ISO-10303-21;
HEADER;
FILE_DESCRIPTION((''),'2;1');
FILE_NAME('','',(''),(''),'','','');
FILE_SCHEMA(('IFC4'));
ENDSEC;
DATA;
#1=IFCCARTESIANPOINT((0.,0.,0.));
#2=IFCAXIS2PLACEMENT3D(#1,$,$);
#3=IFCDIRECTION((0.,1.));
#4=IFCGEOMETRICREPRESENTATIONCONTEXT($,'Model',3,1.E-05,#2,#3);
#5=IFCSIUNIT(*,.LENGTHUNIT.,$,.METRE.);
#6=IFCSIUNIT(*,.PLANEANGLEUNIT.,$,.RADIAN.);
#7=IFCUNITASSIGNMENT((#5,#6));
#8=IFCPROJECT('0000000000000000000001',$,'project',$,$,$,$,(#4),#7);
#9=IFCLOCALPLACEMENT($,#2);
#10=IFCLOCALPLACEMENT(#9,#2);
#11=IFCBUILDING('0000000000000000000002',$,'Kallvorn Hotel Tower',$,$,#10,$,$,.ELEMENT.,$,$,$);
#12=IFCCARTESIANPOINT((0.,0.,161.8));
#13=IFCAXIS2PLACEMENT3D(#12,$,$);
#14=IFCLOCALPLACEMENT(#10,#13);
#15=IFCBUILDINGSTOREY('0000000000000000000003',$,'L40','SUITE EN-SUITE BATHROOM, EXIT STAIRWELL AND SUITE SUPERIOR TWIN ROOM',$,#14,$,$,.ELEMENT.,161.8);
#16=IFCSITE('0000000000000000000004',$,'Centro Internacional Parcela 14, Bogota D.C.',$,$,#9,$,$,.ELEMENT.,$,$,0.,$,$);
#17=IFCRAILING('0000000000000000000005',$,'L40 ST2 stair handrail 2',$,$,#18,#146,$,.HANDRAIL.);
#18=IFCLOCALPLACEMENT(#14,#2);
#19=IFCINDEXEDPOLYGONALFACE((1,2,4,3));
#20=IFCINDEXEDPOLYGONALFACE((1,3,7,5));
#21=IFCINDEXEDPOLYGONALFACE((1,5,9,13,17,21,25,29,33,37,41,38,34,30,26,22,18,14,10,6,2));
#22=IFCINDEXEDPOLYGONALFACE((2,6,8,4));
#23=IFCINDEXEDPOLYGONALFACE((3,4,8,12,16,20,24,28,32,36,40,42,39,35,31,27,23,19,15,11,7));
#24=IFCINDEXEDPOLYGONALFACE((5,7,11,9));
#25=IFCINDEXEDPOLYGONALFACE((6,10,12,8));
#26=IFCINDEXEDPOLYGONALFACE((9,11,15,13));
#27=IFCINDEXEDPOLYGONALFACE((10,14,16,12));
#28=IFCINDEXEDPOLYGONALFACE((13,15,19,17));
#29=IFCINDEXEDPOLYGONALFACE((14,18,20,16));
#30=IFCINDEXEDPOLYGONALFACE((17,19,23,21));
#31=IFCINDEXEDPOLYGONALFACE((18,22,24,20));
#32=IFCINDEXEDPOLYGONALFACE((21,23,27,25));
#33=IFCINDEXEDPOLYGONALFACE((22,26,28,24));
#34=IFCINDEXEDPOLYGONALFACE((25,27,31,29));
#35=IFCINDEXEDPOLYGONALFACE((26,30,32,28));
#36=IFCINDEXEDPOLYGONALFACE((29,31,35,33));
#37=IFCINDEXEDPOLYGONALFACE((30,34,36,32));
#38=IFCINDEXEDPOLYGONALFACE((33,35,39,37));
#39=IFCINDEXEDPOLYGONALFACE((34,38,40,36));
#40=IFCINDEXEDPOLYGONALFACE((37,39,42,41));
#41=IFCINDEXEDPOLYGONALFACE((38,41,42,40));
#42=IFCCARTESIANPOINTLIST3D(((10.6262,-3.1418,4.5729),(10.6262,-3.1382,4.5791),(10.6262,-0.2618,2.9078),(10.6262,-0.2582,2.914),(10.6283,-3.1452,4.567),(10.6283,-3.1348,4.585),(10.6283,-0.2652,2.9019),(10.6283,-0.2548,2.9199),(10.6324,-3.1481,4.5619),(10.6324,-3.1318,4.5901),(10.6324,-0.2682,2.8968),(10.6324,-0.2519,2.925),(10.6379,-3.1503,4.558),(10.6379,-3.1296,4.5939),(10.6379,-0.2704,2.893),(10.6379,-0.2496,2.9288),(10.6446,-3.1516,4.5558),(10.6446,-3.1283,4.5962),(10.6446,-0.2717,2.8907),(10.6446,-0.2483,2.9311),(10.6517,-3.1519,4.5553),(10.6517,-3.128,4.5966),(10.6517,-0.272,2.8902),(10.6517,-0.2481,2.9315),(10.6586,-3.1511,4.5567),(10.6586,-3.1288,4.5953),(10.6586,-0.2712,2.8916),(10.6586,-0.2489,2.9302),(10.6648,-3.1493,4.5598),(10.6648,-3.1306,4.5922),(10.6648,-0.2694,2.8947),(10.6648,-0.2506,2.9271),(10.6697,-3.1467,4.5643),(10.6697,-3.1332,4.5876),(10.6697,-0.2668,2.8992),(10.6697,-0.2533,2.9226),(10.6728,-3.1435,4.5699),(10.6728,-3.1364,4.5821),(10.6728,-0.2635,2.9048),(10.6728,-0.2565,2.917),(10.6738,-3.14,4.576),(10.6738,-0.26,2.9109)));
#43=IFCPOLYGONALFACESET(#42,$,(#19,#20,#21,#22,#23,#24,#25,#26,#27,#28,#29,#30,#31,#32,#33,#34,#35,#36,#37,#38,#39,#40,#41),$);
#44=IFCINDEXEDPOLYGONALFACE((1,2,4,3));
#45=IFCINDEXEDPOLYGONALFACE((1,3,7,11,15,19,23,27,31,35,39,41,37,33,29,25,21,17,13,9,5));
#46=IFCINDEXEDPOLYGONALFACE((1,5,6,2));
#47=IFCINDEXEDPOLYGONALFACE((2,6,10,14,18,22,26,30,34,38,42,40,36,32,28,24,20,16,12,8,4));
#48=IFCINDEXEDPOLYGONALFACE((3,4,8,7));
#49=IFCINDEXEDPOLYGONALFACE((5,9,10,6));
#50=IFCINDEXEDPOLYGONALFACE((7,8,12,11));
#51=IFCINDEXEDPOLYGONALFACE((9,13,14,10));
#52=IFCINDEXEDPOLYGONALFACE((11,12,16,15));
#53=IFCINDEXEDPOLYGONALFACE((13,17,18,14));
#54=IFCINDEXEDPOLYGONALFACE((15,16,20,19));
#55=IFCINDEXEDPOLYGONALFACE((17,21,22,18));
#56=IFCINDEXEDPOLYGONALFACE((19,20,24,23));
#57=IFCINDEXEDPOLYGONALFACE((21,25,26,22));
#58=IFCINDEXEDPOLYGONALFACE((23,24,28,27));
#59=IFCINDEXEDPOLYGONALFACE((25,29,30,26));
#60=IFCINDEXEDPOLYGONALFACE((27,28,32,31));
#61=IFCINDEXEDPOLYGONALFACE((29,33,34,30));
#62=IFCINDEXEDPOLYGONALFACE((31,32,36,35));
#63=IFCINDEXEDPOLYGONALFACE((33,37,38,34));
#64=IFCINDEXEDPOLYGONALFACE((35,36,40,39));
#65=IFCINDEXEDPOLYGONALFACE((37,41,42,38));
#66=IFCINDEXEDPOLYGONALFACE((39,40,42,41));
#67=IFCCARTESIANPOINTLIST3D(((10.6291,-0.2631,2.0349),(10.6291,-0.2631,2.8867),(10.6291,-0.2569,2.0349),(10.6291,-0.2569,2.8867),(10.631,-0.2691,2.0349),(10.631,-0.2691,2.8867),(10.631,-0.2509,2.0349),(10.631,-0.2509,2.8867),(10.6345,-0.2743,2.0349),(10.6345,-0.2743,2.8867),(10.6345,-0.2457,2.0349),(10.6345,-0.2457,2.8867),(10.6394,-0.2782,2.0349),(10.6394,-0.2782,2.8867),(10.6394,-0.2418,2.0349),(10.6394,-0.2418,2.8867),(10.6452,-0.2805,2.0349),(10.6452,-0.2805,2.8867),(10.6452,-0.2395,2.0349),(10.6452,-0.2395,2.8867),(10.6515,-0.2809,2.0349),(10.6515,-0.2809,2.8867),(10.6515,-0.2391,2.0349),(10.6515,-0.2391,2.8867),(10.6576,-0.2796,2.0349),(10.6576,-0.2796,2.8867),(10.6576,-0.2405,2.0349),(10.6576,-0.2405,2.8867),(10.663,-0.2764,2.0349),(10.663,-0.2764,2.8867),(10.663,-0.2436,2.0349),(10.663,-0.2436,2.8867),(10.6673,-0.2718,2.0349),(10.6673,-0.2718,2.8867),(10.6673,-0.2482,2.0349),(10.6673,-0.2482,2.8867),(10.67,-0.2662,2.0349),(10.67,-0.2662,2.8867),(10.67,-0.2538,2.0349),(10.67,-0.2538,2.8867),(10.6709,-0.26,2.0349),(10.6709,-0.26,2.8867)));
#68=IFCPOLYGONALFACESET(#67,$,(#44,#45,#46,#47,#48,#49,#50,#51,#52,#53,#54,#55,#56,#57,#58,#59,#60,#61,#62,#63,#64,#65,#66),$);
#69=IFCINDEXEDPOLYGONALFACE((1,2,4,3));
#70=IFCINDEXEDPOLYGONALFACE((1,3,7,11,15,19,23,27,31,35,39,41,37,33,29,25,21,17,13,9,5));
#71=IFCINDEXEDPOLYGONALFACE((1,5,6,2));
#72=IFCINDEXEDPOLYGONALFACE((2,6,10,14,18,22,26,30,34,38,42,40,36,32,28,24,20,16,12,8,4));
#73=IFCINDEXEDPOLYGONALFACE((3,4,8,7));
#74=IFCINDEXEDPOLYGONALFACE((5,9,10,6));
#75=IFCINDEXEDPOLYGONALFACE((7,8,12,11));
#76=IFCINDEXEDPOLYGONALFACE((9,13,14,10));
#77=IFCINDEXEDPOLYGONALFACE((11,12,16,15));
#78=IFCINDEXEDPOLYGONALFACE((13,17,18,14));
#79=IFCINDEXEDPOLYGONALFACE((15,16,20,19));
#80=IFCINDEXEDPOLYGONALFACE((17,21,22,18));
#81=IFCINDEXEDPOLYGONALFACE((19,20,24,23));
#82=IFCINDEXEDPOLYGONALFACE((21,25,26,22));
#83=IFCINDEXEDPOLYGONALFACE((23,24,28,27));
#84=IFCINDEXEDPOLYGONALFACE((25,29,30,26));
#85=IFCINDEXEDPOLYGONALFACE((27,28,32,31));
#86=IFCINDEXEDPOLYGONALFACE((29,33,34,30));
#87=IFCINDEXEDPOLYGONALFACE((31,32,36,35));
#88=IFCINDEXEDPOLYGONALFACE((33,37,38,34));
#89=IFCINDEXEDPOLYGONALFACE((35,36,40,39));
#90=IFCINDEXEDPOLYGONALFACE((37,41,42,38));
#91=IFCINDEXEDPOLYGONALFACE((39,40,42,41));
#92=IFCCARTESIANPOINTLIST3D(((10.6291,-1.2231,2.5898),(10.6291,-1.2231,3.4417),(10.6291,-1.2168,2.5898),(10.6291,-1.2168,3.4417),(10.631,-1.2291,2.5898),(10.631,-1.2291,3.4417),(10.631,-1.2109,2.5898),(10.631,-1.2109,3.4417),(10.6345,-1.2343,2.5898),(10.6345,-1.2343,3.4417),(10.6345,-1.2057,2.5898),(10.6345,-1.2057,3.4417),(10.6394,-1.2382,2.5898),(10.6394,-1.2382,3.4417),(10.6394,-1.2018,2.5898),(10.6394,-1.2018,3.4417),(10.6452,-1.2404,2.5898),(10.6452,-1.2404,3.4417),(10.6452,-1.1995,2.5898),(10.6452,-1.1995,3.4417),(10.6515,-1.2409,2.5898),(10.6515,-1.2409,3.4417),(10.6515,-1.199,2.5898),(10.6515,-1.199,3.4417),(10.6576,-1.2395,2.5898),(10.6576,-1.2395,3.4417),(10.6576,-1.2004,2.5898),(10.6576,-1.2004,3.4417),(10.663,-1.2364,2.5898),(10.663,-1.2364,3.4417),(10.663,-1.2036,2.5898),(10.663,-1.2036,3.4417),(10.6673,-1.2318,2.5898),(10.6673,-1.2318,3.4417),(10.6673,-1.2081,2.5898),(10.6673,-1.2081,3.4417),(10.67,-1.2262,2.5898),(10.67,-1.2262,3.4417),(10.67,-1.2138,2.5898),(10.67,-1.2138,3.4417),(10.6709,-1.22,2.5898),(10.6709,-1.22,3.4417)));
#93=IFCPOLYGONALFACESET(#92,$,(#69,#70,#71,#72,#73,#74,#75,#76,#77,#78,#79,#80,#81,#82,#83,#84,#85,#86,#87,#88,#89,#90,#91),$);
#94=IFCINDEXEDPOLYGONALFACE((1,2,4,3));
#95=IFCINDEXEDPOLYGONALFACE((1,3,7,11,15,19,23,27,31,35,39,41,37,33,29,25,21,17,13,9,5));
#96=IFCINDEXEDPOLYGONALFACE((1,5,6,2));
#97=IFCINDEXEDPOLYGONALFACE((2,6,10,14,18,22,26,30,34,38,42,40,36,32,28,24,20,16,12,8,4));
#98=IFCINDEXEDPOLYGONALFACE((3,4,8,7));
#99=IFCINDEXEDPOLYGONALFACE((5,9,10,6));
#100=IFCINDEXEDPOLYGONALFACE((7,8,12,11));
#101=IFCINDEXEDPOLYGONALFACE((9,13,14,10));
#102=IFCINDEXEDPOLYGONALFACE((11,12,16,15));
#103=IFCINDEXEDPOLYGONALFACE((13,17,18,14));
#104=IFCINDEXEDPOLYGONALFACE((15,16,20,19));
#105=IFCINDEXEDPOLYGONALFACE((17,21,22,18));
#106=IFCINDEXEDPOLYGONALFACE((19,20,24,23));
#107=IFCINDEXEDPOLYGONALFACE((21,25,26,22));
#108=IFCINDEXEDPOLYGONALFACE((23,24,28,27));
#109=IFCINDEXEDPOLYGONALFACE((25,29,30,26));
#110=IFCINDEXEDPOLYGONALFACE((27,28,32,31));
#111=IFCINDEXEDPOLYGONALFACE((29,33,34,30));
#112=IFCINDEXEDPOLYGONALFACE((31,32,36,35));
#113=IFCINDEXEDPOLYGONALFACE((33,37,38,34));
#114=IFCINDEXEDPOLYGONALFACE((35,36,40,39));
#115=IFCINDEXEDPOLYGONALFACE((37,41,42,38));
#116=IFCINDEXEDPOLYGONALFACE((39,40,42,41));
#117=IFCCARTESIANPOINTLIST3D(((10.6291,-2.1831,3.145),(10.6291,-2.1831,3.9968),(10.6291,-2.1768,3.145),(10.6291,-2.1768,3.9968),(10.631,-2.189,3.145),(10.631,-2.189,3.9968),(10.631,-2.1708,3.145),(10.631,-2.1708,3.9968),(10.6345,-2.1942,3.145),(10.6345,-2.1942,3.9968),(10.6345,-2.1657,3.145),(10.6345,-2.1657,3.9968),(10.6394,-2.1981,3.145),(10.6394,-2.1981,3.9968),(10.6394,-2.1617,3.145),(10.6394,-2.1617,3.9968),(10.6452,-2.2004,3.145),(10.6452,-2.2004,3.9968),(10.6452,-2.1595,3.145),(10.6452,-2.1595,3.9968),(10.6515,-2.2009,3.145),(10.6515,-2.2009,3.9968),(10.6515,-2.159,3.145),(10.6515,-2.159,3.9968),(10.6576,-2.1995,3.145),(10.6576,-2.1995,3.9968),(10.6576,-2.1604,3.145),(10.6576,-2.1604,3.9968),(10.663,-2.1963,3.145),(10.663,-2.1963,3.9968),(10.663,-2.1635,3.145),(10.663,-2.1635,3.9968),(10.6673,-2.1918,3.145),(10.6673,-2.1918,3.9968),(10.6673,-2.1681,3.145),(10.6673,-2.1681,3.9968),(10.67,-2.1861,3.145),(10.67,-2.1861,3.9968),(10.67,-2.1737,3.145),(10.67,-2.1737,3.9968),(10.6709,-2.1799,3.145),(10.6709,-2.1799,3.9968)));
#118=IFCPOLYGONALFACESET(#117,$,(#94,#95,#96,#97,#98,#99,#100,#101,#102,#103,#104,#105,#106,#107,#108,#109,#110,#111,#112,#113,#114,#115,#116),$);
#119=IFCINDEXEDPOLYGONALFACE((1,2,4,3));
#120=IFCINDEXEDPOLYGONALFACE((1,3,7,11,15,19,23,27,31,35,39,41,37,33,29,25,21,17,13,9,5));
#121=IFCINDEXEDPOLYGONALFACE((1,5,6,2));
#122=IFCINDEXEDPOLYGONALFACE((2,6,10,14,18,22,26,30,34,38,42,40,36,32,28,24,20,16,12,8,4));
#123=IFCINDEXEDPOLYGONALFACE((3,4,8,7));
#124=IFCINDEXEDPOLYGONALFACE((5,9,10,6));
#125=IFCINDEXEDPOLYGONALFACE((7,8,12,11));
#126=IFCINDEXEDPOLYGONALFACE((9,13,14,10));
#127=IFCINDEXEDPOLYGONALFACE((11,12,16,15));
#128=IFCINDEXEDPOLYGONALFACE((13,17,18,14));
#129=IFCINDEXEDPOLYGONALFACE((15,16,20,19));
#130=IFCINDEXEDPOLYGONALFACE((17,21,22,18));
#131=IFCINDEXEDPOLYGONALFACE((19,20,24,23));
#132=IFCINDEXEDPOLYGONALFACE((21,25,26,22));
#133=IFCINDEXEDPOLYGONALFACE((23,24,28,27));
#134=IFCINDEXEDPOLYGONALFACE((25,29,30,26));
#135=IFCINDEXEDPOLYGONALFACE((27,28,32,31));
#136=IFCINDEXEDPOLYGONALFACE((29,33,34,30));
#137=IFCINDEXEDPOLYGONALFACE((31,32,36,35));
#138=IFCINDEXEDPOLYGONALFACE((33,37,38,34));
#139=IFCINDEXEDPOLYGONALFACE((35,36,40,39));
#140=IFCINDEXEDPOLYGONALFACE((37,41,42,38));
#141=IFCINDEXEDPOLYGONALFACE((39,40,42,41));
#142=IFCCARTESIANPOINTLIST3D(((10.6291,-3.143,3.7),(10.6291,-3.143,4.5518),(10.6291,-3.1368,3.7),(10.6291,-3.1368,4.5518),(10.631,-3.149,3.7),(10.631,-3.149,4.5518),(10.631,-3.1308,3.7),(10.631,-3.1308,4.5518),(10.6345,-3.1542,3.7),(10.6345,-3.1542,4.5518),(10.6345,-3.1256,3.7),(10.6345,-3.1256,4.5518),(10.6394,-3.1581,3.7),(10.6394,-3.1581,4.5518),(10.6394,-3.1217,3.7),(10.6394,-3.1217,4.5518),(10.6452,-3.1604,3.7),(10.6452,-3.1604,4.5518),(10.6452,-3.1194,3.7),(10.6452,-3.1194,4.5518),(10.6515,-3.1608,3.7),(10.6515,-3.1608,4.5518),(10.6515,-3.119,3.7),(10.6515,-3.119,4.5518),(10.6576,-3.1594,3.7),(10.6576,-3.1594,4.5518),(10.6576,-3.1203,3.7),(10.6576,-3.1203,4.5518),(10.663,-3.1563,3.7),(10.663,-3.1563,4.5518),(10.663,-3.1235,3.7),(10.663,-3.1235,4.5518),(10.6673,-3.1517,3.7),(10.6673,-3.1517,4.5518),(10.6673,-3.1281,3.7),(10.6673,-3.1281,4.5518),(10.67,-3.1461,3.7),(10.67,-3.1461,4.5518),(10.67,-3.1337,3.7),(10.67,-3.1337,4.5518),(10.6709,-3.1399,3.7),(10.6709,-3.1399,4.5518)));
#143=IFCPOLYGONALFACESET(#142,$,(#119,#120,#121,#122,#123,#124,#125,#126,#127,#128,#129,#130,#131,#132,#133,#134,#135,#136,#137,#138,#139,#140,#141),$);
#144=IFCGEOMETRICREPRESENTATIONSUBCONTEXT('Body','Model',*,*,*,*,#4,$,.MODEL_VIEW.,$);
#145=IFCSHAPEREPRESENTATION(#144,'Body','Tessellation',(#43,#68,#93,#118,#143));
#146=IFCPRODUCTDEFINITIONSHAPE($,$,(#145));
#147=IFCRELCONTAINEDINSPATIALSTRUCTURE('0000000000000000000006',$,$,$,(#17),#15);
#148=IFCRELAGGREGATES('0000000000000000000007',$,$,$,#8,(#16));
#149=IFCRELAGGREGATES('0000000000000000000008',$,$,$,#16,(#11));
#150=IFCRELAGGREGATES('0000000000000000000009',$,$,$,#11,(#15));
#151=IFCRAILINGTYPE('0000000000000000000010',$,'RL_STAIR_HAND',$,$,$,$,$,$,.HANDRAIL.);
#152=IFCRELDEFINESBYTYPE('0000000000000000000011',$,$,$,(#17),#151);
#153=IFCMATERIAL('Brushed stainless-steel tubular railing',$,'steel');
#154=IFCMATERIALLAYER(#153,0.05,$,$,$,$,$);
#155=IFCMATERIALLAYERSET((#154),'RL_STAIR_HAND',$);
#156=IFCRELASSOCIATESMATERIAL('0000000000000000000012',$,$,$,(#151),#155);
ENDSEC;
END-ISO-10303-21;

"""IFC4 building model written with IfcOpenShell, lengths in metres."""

from ifc_helpers import new_model, si_unit, direction, frame, origin, origin_2d, place, context, subcontext, project, spatial, circle, extrude, material, layer, layer_set, type_object, element, save


model = new_model("IFC4")

# Units and contexts
model_context = context("Model", 3, precision=1e-05, world=origin(), true_north=direction((0.0, 1.0)))
body_context = subcontext(model_context, "Body", "Model", "MODEL_VIEW")
ifc_project = project(units=[si_unit("LENGTHUNIT", "METRE"), si_unit("PLANEANGLEUNIT", "RADIAN")], contexts=[model_context])

# Site, building, storey
site_placement = place(None, origin())
site = spatial("IfcSite", under=ifc_project, at=site_placement, Name="Centro Internacional Parcela 14, Bogota D.C.", CompositionType="ELEMENT", RefElevation=0.0)
building_placement = place(site_placement, origin())
building = spatial("IfcBuilding", under=site, at=building_placement, Name="Kallvorn Hotel Tower", CompositionType="ELEMENT")
storey_placement = place(building_placement, frame((0.0, 0.0, 161.8)))
storey = spatial("IfcBuildingStorey", under=building, at=storey_placement, Name="L40", Description="SUITE EN-SUITE BATHROOM, EXIT STAIRWELL AND SUITE SUPERIOR TWIN ROOM", CompositionType="ELEMENT", Elevation=161.8)

# Railing
ifc_material_1 = material(Name="Brushed stainless-steel tubular railing", Category="steel")
ifc_layer_1 = layer(ifc_material_1, 0.05)
ifc_layer_set_1 = layer_set([ifc_layer_1], Name="RL_STAIR_HAND")
railing_type_1 = type_object("IfcRailingType", Name="RL_STAIR_HAND", PredefinedType="HANDRAIL", material=ifc_layer_set_1)
railing_1_placement = place(storey_placement, frame((10.6499, -0.26, 2.0349)))
element("IfcRailing", 1, at=railing_1_placement, inside=storey, type_object=railing_type_1, Name="L40 ST2 stair handrail 2", PredefinedType="HANDRAIL", context=body_context, shape_type="SweptSolid", body=[
    extrude(circle(Radius=0.0239, at=origin_2d()), frame((0.0, 0.0, 0.876), z_axis=(0.0, -0.865721, 0.500527), x_axis=(1.0, 0.0, 0.0)), (0.0, 0.0, 1.0), 3.3267),
    extrude(circle(Radius=0.021, at=origin_2d()), origin(), (0.0, 0.0, 1.0), 0.8518),
    extrude(circle(Radius=0.021, at=origin_2d()), frame((0.0, -0.96, 0.5549)), (0.0, 0.0, 1.0), 0.8518),
    extrude(circle(Radius=0.021, at=origin_2d()), frame((0.0, -1.9199, 1.1101)), (0.0, 0.0, 1.0), 0.8518),
    extrude(circle(Radius=0.021, at=origin_2d()), frame((0.0, -2.8799, 1.665)), (0.0, 0.0, 1.0), 0.8518),
])

save(model, "model.ifc")
